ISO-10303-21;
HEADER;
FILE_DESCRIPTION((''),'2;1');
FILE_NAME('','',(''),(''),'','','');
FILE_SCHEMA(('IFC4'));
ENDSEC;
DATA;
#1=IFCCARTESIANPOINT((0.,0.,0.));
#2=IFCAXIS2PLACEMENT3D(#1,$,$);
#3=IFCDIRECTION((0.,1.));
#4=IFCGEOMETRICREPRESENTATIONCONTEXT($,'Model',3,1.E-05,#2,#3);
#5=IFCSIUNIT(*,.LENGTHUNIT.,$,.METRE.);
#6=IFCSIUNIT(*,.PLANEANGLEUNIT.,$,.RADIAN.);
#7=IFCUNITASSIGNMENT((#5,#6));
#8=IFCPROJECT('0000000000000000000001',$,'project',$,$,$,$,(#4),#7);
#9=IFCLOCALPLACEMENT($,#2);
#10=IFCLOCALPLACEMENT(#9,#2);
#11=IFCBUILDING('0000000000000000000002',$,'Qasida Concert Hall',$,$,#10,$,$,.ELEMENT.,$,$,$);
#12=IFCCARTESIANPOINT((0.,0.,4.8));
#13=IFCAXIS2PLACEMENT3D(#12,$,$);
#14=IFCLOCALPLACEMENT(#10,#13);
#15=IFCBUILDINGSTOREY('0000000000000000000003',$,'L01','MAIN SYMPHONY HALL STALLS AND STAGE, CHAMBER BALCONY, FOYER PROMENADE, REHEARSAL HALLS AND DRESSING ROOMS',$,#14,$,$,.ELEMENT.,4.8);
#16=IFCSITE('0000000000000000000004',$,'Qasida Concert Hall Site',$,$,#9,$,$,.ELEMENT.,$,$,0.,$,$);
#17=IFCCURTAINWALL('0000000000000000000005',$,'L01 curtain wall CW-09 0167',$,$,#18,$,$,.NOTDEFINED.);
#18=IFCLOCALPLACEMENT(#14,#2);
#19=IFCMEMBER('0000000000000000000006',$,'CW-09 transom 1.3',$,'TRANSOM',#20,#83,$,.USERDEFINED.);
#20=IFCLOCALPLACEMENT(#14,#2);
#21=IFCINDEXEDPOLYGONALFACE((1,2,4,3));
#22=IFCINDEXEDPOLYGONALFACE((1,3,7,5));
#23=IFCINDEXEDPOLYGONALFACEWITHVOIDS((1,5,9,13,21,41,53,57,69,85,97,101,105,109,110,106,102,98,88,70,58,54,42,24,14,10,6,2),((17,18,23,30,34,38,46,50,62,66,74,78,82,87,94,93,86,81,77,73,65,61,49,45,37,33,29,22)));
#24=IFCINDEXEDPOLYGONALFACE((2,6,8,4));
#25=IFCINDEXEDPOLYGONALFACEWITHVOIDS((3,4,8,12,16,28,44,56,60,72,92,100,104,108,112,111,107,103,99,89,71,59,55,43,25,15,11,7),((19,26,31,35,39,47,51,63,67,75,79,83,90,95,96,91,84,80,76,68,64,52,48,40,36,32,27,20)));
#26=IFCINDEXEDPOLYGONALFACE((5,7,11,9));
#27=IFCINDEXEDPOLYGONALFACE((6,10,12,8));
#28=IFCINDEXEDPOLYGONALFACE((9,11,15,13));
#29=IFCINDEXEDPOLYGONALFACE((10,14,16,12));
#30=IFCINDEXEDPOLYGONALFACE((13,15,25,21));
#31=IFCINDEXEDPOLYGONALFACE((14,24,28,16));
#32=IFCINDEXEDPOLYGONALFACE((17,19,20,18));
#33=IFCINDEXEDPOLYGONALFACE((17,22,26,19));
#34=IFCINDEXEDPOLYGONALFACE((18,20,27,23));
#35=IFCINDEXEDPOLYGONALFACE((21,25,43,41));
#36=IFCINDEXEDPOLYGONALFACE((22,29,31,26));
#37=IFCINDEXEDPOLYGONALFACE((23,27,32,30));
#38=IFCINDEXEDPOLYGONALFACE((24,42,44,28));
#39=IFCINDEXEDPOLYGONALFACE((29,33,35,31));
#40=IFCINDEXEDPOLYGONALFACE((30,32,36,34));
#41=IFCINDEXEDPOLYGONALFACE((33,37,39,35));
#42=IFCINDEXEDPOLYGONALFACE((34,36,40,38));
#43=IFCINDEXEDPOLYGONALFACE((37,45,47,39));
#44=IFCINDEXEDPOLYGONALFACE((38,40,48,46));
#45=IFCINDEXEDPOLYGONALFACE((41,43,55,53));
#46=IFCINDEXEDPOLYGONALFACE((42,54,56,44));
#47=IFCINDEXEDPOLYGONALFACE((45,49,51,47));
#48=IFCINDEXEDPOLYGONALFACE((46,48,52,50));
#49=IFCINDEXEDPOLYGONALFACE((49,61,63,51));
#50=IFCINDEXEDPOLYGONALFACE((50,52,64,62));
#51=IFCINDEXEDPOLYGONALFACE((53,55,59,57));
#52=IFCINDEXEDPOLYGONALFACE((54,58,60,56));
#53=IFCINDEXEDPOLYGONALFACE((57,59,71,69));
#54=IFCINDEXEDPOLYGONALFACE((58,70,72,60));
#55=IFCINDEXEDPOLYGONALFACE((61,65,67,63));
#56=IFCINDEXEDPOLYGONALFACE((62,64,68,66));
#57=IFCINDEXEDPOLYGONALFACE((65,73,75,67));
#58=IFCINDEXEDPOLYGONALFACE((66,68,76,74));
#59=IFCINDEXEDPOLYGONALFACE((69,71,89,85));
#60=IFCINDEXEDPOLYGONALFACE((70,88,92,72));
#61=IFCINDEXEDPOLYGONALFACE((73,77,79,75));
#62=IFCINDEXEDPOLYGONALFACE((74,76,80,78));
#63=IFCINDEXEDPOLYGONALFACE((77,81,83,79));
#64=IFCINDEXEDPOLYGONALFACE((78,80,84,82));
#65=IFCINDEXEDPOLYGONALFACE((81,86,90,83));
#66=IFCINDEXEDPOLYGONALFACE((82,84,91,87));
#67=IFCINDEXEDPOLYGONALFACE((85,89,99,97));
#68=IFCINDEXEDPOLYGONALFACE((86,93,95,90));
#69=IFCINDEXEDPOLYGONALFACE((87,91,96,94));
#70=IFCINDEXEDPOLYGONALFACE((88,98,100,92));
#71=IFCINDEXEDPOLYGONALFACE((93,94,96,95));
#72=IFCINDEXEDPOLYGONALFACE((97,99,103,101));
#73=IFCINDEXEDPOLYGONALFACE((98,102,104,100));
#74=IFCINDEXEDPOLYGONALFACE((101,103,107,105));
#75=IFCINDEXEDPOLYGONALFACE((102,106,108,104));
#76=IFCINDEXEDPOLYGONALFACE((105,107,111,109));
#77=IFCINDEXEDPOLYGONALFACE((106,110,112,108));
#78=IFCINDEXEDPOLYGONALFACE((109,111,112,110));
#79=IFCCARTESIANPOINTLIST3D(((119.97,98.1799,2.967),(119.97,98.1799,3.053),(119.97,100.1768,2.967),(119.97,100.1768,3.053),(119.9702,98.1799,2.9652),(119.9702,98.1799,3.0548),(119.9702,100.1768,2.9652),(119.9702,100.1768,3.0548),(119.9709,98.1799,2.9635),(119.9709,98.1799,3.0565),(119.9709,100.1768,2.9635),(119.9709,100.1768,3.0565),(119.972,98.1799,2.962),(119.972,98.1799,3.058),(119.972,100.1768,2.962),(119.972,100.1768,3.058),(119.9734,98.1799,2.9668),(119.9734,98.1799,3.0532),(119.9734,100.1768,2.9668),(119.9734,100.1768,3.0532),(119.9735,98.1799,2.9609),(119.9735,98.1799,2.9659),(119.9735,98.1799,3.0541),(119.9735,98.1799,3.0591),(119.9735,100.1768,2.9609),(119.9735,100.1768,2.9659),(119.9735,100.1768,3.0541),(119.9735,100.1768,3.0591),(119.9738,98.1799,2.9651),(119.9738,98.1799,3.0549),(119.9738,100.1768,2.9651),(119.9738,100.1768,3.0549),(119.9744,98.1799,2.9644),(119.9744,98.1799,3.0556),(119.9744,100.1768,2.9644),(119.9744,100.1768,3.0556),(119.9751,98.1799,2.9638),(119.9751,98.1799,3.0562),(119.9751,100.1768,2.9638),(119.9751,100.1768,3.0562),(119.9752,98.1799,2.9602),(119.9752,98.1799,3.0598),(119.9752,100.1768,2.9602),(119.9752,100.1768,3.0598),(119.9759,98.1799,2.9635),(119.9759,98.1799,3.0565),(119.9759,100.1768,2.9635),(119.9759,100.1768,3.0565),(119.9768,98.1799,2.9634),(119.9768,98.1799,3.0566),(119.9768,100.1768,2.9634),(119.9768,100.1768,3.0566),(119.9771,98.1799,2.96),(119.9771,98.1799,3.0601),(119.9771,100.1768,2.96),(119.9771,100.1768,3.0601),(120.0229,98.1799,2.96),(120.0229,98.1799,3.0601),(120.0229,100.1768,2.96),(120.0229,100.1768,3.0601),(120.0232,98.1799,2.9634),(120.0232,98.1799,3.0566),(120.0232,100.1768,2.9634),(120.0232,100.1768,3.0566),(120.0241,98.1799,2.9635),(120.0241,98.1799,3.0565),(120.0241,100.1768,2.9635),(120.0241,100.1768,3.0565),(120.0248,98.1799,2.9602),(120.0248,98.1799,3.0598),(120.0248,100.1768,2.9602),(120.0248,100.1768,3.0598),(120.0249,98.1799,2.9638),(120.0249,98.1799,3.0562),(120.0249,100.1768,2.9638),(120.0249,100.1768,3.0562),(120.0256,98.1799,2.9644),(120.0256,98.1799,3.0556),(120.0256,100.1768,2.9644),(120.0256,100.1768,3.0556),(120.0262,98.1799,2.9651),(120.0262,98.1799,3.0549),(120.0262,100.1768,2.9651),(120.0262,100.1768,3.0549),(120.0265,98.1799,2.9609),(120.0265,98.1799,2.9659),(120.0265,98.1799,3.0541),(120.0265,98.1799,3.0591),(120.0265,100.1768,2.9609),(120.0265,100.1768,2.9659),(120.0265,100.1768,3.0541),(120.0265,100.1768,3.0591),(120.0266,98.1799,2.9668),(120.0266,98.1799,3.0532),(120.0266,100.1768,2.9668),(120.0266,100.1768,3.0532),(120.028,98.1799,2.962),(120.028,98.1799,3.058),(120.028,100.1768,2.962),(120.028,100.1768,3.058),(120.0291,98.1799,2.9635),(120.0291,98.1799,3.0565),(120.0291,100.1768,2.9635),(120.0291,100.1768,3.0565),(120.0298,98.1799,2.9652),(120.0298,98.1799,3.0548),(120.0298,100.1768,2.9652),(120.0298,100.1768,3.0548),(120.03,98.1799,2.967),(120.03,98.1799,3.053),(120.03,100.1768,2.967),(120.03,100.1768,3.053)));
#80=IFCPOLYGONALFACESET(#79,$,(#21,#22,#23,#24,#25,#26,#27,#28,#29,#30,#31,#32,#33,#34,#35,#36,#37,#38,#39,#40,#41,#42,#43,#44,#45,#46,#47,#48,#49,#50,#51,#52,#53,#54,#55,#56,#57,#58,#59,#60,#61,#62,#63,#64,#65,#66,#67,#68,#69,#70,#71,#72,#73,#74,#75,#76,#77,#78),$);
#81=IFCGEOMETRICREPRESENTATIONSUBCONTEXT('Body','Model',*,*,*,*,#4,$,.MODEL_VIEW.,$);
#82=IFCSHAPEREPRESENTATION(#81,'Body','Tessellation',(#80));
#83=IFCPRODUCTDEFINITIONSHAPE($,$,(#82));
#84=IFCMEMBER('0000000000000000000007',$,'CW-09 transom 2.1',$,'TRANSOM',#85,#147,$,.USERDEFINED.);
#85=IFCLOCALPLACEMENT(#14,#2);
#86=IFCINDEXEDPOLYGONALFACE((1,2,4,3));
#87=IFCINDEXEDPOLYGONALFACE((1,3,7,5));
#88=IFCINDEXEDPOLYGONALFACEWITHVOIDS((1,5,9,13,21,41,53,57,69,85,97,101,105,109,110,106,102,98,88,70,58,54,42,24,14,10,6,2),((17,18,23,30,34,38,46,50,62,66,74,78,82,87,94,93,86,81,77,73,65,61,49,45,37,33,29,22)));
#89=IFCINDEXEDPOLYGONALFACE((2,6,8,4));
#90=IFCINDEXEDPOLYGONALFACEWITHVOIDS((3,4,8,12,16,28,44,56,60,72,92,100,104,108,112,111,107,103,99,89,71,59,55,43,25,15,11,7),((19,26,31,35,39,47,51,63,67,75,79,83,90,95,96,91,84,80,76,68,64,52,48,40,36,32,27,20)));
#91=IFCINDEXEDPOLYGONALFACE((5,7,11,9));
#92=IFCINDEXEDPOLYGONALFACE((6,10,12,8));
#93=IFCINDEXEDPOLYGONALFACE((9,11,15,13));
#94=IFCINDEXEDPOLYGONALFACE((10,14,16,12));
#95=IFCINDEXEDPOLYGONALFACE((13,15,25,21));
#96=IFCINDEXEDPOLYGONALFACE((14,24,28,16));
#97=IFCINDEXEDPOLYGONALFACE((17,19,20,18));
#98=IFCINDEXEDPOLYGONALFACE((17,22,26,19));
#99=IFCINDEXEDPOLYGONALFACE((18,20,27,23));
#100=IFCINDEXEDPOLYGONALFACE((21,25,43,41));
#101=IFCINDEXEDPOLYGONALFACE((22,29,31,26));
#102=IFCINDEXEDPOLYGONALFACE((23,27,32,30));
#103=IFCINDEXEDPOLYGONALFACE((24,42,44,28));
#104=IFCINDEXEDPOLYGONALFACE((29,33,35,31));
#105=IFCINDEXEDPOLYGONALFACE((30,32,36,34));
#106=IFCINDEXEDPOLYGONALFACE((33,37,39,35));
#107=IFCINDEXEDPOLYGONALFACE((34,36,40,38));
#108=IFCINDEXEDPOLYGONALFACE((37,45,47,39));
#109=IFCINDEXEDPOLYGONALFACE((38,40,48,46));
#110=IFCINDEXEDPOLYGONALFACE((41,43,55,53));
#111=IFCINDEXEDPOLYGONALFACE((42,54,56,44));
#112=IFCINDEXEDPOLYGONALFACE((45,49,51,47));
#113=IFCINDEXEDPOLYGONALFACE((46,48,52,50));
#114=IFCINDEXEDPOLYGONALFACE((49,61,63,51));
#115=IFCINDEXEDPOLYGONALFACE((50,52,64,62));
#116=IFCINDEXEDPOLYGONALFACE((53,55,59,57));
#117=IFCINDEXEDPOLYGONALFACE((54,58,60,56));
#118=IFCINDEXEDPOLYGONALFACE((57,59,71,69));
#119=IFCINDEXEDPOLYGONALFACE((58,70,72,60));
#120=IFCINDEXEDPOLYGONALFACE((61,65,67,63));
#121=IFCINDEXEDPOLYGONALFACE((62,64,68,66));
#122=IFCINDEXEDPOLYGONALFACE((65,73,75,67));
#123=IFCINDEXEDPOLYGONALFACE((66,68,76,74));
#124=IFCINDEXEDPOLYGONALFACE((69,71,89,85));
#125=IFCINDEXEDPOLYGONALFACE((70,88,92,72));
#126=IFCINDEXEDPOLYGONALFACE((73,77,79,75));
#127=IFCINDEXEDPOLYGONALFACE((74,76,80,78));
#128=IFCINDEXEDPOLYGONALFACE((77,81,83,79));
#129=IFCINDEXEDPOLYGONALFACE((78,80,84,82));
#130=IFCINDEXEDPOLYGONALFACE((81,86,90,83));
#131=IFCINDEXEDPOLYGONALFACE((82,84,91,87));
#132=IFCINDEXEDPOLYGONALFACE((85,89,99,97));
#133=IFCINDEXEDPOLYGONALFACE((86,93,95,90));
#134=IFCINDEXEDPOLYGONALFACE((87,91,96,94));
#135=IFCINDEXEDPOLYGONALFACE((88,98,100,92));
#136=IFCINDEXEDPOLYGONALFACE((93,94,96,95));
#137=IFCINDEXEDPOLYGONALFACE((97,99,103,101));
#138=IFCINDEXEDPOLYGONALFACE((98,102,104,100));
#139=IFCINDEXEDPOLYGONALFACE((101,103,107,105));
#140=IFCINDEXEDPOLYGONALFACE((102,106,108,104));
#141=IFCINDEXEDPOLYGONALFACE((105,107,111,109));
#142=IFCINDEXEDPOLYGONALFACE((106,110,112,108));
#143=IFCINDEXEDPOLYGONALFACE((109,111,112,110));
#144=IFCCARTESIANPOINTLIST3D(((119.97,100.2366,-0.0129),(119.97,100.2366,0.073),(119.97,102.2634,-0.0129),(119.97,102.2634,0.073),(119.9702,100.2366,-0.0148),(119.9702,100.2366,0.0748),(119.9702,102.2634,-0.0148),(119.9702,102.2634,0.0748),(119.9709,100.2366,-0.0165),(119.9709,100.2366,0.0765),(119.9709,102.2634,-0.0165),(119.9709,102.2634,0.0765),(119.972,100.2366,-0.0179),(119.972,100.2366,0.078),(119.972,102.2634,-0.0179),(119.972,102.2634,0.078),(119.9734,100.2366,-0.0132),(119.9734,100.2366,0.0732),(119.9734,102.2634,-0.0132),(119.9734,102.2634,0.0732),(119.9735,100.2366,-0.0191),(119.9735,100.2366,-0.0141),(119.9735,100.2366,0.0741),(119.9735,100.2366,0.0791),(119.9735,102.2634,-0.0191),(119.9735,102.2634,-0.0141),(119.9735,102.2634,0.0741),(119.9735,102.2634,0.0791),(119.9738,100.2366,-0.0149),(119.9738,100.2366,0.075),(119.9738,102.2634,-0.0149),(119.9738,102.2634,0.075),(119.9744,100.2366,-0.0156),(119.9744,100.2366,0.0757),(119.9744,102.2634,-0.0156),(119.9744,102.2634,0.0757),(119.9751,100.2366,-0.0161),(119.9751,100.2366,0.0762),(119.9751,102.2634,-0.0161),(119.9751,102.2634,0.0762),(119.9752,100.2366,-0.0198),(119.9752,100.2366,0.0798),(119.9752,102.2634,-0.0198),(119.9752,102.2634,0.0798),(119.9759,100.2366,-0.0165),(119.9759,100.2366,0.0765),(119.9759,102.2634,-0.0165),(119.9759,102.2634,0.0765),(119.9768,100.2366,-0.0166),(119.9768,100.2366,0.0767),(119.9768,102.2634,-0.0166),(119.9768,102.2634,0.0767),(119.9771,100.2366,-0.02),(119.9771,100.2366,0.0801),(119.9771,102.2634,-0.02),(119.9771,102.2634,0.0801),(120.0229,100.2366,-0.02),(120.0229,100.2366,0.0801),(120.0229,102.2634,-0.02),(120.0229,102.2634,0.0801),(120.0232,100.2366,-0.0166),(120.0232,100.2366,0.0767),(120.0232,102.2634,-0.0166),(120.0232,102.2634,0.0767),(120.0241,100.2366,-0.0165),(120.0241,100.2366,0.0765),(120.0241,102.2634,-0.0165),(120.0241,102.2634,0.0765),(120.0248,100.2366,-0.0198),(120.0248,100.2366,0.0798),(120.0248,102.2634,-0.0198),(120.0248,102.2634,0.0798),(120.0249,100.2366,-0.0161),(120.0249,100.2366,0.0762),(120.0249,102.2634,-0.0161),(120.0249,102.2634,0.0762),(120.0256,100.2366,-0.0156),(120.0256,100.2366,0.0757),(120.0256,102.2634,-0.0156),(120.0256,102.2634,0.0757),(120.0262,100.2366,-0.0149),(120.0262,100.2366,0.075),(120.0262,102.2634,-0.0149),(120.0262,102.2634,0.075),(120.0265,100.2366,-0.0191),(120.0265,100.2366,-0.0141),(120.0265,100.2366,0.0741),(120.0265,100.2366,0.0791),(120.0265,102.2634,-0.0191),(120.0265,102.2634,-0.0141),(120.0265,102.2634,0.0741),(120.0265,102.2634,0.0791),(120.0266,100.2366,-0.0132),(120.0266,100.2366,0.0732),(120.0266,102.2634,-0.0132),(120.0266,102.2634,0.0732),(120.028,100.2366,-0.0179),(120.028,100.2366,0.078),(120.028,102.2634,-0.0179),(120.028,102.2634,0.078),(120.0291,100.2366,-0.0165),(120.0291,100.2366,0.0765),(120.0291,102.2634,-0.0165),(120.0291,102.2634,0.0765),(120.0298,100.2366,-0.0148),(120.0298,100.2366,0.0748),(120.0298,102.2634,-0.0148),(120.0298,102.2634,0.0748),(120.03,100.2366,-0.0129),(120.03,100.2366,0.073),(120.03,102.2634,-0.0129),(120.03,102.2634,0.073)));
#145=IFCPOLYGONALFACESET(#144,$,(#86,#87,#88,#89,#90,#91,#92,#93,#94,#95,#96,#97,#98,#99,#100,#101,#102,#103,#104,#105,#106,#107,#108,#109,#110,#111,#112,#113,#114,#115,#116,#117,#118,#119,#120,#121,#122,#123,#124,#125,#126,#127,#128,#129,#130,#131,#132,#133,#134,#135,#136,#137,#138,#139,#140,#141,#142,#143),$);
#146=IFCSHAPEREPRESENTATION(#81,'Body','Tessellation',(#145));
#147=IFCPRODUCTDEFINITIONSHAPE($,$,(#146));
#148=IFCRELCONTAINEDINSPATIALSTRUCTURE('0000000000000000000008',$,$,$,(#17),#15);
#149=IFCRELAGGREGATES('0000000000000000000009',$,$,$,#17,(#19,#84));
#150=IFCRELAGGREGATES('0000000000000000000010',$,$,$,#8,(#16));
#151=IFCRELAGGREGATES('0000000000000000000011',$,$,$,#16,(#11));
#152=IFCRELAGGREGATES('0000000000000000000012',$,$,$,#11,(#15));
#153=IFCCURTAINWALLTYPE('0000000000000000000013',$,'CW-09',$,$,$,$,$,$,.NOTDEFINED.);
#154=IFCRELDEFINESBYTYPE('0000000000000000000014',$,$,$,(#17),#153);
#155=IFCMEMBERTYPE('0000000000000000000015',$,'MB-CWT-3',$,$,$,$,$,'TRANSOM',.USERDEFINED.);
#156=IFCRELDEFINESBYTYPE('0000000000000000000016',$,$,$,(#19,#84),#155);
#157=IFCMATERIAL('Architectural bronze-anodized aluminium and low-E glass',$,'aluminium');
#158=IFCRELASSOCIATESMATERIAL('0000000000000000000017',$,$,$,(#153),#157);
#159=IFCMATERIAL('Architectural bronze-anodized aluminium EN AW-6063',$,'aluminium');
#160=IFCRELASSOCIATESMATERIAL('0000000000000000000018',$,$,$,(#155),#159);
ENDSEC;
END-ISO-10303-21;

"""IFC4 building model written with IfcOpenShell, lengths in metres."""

from ifc_helpers import new_model, si_unit, direction, frame, origin, origin_2d, place, context, subcontext, project, spatial, hollow_rectangle, extrude, material, material_profile, profile_set, type_object, element, aggregate, save


model = new_model("IFC4")

# Units and contexts
model_context = context("Model", 3, precision=1e-05, world=origin(), true_north=direction((0.0, 1.0)))
body_context = subcontext(model_context, "Body", "Model", "MODEL_VIEW")
ifc_project = project(units=[si_unit("LENGTHUNIT", "METRE"), si_unit("PLANEANGLEUNIT", "RADIAN")], contexts=[model_context])

# Site, building, storey
site_placement = place(None, origin())
site = spatial("IfcSite", under=ifc_project, at=site_placement, Name="Qasida Concert Hall Site", CompositionType="ELEMENT", RefElevation=0.0)
building_placement = place(site_placement, origin())
building = spatial("IfcBuilding", under=site, at=building_placement, Name="Qasida Concert Hall", CompositionType="ELEMENT")
storey_placement = place(building_placement, frame((0.0, 0.0, 4.8)))
storey = spatial("IfcBuildingStorey", under=building, at=storey_placement, Name="L01", Description="MAIN SYMPHONY HALL STALLS AND STAGE, CHAMBER BALCONY, FOYER PROMENADE, REHEARSAL HALLS AND DRESSING ROOMS", CompositionType="ELEMENT", Elevation=4.8)

# Shared definitions
ifc_material_1 = material(Name="Architectural bronze-anodized aluminium and low-E glass", Category="aluminium")
ifc_material_2 = material(Name="Architectural bronze-anodized aluminium EN AW-6063", Category="aluminium")

# Curtain wall
curtain_wall_type_1 = type_object("IfcCurtainWallType", Name="CW-09", PredefinedType="NOTDEFINED", material=ifc_material_1)
curtain_wall_1_placement = place(storey_placement, origin())
curtain_wall_1 = element("IfcCurtainWall", 1, at=curtain_wall_1_placement, inside=storey, type_object=curtain_wall_type_1, Name="L01 curtain wall CW-09 0167", PredefinedType="NOTDEFINED")

# Members
ifc_material_profile_1 = material_profile(ifc_material_2, hollow_rectangle(XDim=0.0601, YDim=0.1001, WallThickness=0.0034, InnerFilletRadius=0.0034, OuterFilletRadius=0.0071, at=origin_2d()), Name="CWT 100x60x3.5")
ifc_profile_set_1 = profile_set([ifc_material_profile_1], Name="Architectural bronze-anodized aluminium EN AW-6063")
member_type_1 = type_object("IfcMemberType", Name="MB-CWT-3", ElementType="TRANSOM", PredefinedType="USERDEFINED", material=ifc_profile_set_1)
member_1_placement = place(storey_placement, frame((120.0, 98.1799, 3.01), z_axis=(0.0, 1.0, 0.0), x_axis=(-1.0, 0.0, 0.0)))
member_1 = element("IfcMember", 2, at=member_1_placement, type_object=member_type_1, Name="CW-09 transom 1.3", ObjectType="TRANSOM", PredefinedType="USERDEFINED", context=body_context, shape_type="SweptSolid", body=[
    extrude(hollow_rectangle(XDim=0.0601, YDim=0.1001, WallThickness=0.0034, InnerFilletRadius=0.0034, OuterFilletRadius=0.0071, at=origin_2d()), origin(), (0.0, 0.0, 1.0), 1.9968),
])
member_2_placement = place(storey_placement, frame((120.0, 100.2366, 0.03), z_axis=(0.0, 1.0, 0.0), x_axis=(-1.0, 0.0, 0.0)))
member_2 = element("IfcMember", 3, at=member_2_placement, type_object=member_type_1, Name="CW-09 transom 2.1", ObjectType="TRANSOM", PredefinedType="USERDEFINED", context=body_context, shape_type="SweptSolid", body=[
    extrude(hollow_rectangle(XDim=0.0601, YDim=0.1001, WallThickness=0.0034, InnerFilletRadius=0.0034, OuterFilletRadius=0.0071, at=origin_2d()), origin(), (0.0, 0.0, 1.0), 2.0269),
])

aggregate(curtain_wall_1, [member_1, member_2])

save(model, "model.ifc")
